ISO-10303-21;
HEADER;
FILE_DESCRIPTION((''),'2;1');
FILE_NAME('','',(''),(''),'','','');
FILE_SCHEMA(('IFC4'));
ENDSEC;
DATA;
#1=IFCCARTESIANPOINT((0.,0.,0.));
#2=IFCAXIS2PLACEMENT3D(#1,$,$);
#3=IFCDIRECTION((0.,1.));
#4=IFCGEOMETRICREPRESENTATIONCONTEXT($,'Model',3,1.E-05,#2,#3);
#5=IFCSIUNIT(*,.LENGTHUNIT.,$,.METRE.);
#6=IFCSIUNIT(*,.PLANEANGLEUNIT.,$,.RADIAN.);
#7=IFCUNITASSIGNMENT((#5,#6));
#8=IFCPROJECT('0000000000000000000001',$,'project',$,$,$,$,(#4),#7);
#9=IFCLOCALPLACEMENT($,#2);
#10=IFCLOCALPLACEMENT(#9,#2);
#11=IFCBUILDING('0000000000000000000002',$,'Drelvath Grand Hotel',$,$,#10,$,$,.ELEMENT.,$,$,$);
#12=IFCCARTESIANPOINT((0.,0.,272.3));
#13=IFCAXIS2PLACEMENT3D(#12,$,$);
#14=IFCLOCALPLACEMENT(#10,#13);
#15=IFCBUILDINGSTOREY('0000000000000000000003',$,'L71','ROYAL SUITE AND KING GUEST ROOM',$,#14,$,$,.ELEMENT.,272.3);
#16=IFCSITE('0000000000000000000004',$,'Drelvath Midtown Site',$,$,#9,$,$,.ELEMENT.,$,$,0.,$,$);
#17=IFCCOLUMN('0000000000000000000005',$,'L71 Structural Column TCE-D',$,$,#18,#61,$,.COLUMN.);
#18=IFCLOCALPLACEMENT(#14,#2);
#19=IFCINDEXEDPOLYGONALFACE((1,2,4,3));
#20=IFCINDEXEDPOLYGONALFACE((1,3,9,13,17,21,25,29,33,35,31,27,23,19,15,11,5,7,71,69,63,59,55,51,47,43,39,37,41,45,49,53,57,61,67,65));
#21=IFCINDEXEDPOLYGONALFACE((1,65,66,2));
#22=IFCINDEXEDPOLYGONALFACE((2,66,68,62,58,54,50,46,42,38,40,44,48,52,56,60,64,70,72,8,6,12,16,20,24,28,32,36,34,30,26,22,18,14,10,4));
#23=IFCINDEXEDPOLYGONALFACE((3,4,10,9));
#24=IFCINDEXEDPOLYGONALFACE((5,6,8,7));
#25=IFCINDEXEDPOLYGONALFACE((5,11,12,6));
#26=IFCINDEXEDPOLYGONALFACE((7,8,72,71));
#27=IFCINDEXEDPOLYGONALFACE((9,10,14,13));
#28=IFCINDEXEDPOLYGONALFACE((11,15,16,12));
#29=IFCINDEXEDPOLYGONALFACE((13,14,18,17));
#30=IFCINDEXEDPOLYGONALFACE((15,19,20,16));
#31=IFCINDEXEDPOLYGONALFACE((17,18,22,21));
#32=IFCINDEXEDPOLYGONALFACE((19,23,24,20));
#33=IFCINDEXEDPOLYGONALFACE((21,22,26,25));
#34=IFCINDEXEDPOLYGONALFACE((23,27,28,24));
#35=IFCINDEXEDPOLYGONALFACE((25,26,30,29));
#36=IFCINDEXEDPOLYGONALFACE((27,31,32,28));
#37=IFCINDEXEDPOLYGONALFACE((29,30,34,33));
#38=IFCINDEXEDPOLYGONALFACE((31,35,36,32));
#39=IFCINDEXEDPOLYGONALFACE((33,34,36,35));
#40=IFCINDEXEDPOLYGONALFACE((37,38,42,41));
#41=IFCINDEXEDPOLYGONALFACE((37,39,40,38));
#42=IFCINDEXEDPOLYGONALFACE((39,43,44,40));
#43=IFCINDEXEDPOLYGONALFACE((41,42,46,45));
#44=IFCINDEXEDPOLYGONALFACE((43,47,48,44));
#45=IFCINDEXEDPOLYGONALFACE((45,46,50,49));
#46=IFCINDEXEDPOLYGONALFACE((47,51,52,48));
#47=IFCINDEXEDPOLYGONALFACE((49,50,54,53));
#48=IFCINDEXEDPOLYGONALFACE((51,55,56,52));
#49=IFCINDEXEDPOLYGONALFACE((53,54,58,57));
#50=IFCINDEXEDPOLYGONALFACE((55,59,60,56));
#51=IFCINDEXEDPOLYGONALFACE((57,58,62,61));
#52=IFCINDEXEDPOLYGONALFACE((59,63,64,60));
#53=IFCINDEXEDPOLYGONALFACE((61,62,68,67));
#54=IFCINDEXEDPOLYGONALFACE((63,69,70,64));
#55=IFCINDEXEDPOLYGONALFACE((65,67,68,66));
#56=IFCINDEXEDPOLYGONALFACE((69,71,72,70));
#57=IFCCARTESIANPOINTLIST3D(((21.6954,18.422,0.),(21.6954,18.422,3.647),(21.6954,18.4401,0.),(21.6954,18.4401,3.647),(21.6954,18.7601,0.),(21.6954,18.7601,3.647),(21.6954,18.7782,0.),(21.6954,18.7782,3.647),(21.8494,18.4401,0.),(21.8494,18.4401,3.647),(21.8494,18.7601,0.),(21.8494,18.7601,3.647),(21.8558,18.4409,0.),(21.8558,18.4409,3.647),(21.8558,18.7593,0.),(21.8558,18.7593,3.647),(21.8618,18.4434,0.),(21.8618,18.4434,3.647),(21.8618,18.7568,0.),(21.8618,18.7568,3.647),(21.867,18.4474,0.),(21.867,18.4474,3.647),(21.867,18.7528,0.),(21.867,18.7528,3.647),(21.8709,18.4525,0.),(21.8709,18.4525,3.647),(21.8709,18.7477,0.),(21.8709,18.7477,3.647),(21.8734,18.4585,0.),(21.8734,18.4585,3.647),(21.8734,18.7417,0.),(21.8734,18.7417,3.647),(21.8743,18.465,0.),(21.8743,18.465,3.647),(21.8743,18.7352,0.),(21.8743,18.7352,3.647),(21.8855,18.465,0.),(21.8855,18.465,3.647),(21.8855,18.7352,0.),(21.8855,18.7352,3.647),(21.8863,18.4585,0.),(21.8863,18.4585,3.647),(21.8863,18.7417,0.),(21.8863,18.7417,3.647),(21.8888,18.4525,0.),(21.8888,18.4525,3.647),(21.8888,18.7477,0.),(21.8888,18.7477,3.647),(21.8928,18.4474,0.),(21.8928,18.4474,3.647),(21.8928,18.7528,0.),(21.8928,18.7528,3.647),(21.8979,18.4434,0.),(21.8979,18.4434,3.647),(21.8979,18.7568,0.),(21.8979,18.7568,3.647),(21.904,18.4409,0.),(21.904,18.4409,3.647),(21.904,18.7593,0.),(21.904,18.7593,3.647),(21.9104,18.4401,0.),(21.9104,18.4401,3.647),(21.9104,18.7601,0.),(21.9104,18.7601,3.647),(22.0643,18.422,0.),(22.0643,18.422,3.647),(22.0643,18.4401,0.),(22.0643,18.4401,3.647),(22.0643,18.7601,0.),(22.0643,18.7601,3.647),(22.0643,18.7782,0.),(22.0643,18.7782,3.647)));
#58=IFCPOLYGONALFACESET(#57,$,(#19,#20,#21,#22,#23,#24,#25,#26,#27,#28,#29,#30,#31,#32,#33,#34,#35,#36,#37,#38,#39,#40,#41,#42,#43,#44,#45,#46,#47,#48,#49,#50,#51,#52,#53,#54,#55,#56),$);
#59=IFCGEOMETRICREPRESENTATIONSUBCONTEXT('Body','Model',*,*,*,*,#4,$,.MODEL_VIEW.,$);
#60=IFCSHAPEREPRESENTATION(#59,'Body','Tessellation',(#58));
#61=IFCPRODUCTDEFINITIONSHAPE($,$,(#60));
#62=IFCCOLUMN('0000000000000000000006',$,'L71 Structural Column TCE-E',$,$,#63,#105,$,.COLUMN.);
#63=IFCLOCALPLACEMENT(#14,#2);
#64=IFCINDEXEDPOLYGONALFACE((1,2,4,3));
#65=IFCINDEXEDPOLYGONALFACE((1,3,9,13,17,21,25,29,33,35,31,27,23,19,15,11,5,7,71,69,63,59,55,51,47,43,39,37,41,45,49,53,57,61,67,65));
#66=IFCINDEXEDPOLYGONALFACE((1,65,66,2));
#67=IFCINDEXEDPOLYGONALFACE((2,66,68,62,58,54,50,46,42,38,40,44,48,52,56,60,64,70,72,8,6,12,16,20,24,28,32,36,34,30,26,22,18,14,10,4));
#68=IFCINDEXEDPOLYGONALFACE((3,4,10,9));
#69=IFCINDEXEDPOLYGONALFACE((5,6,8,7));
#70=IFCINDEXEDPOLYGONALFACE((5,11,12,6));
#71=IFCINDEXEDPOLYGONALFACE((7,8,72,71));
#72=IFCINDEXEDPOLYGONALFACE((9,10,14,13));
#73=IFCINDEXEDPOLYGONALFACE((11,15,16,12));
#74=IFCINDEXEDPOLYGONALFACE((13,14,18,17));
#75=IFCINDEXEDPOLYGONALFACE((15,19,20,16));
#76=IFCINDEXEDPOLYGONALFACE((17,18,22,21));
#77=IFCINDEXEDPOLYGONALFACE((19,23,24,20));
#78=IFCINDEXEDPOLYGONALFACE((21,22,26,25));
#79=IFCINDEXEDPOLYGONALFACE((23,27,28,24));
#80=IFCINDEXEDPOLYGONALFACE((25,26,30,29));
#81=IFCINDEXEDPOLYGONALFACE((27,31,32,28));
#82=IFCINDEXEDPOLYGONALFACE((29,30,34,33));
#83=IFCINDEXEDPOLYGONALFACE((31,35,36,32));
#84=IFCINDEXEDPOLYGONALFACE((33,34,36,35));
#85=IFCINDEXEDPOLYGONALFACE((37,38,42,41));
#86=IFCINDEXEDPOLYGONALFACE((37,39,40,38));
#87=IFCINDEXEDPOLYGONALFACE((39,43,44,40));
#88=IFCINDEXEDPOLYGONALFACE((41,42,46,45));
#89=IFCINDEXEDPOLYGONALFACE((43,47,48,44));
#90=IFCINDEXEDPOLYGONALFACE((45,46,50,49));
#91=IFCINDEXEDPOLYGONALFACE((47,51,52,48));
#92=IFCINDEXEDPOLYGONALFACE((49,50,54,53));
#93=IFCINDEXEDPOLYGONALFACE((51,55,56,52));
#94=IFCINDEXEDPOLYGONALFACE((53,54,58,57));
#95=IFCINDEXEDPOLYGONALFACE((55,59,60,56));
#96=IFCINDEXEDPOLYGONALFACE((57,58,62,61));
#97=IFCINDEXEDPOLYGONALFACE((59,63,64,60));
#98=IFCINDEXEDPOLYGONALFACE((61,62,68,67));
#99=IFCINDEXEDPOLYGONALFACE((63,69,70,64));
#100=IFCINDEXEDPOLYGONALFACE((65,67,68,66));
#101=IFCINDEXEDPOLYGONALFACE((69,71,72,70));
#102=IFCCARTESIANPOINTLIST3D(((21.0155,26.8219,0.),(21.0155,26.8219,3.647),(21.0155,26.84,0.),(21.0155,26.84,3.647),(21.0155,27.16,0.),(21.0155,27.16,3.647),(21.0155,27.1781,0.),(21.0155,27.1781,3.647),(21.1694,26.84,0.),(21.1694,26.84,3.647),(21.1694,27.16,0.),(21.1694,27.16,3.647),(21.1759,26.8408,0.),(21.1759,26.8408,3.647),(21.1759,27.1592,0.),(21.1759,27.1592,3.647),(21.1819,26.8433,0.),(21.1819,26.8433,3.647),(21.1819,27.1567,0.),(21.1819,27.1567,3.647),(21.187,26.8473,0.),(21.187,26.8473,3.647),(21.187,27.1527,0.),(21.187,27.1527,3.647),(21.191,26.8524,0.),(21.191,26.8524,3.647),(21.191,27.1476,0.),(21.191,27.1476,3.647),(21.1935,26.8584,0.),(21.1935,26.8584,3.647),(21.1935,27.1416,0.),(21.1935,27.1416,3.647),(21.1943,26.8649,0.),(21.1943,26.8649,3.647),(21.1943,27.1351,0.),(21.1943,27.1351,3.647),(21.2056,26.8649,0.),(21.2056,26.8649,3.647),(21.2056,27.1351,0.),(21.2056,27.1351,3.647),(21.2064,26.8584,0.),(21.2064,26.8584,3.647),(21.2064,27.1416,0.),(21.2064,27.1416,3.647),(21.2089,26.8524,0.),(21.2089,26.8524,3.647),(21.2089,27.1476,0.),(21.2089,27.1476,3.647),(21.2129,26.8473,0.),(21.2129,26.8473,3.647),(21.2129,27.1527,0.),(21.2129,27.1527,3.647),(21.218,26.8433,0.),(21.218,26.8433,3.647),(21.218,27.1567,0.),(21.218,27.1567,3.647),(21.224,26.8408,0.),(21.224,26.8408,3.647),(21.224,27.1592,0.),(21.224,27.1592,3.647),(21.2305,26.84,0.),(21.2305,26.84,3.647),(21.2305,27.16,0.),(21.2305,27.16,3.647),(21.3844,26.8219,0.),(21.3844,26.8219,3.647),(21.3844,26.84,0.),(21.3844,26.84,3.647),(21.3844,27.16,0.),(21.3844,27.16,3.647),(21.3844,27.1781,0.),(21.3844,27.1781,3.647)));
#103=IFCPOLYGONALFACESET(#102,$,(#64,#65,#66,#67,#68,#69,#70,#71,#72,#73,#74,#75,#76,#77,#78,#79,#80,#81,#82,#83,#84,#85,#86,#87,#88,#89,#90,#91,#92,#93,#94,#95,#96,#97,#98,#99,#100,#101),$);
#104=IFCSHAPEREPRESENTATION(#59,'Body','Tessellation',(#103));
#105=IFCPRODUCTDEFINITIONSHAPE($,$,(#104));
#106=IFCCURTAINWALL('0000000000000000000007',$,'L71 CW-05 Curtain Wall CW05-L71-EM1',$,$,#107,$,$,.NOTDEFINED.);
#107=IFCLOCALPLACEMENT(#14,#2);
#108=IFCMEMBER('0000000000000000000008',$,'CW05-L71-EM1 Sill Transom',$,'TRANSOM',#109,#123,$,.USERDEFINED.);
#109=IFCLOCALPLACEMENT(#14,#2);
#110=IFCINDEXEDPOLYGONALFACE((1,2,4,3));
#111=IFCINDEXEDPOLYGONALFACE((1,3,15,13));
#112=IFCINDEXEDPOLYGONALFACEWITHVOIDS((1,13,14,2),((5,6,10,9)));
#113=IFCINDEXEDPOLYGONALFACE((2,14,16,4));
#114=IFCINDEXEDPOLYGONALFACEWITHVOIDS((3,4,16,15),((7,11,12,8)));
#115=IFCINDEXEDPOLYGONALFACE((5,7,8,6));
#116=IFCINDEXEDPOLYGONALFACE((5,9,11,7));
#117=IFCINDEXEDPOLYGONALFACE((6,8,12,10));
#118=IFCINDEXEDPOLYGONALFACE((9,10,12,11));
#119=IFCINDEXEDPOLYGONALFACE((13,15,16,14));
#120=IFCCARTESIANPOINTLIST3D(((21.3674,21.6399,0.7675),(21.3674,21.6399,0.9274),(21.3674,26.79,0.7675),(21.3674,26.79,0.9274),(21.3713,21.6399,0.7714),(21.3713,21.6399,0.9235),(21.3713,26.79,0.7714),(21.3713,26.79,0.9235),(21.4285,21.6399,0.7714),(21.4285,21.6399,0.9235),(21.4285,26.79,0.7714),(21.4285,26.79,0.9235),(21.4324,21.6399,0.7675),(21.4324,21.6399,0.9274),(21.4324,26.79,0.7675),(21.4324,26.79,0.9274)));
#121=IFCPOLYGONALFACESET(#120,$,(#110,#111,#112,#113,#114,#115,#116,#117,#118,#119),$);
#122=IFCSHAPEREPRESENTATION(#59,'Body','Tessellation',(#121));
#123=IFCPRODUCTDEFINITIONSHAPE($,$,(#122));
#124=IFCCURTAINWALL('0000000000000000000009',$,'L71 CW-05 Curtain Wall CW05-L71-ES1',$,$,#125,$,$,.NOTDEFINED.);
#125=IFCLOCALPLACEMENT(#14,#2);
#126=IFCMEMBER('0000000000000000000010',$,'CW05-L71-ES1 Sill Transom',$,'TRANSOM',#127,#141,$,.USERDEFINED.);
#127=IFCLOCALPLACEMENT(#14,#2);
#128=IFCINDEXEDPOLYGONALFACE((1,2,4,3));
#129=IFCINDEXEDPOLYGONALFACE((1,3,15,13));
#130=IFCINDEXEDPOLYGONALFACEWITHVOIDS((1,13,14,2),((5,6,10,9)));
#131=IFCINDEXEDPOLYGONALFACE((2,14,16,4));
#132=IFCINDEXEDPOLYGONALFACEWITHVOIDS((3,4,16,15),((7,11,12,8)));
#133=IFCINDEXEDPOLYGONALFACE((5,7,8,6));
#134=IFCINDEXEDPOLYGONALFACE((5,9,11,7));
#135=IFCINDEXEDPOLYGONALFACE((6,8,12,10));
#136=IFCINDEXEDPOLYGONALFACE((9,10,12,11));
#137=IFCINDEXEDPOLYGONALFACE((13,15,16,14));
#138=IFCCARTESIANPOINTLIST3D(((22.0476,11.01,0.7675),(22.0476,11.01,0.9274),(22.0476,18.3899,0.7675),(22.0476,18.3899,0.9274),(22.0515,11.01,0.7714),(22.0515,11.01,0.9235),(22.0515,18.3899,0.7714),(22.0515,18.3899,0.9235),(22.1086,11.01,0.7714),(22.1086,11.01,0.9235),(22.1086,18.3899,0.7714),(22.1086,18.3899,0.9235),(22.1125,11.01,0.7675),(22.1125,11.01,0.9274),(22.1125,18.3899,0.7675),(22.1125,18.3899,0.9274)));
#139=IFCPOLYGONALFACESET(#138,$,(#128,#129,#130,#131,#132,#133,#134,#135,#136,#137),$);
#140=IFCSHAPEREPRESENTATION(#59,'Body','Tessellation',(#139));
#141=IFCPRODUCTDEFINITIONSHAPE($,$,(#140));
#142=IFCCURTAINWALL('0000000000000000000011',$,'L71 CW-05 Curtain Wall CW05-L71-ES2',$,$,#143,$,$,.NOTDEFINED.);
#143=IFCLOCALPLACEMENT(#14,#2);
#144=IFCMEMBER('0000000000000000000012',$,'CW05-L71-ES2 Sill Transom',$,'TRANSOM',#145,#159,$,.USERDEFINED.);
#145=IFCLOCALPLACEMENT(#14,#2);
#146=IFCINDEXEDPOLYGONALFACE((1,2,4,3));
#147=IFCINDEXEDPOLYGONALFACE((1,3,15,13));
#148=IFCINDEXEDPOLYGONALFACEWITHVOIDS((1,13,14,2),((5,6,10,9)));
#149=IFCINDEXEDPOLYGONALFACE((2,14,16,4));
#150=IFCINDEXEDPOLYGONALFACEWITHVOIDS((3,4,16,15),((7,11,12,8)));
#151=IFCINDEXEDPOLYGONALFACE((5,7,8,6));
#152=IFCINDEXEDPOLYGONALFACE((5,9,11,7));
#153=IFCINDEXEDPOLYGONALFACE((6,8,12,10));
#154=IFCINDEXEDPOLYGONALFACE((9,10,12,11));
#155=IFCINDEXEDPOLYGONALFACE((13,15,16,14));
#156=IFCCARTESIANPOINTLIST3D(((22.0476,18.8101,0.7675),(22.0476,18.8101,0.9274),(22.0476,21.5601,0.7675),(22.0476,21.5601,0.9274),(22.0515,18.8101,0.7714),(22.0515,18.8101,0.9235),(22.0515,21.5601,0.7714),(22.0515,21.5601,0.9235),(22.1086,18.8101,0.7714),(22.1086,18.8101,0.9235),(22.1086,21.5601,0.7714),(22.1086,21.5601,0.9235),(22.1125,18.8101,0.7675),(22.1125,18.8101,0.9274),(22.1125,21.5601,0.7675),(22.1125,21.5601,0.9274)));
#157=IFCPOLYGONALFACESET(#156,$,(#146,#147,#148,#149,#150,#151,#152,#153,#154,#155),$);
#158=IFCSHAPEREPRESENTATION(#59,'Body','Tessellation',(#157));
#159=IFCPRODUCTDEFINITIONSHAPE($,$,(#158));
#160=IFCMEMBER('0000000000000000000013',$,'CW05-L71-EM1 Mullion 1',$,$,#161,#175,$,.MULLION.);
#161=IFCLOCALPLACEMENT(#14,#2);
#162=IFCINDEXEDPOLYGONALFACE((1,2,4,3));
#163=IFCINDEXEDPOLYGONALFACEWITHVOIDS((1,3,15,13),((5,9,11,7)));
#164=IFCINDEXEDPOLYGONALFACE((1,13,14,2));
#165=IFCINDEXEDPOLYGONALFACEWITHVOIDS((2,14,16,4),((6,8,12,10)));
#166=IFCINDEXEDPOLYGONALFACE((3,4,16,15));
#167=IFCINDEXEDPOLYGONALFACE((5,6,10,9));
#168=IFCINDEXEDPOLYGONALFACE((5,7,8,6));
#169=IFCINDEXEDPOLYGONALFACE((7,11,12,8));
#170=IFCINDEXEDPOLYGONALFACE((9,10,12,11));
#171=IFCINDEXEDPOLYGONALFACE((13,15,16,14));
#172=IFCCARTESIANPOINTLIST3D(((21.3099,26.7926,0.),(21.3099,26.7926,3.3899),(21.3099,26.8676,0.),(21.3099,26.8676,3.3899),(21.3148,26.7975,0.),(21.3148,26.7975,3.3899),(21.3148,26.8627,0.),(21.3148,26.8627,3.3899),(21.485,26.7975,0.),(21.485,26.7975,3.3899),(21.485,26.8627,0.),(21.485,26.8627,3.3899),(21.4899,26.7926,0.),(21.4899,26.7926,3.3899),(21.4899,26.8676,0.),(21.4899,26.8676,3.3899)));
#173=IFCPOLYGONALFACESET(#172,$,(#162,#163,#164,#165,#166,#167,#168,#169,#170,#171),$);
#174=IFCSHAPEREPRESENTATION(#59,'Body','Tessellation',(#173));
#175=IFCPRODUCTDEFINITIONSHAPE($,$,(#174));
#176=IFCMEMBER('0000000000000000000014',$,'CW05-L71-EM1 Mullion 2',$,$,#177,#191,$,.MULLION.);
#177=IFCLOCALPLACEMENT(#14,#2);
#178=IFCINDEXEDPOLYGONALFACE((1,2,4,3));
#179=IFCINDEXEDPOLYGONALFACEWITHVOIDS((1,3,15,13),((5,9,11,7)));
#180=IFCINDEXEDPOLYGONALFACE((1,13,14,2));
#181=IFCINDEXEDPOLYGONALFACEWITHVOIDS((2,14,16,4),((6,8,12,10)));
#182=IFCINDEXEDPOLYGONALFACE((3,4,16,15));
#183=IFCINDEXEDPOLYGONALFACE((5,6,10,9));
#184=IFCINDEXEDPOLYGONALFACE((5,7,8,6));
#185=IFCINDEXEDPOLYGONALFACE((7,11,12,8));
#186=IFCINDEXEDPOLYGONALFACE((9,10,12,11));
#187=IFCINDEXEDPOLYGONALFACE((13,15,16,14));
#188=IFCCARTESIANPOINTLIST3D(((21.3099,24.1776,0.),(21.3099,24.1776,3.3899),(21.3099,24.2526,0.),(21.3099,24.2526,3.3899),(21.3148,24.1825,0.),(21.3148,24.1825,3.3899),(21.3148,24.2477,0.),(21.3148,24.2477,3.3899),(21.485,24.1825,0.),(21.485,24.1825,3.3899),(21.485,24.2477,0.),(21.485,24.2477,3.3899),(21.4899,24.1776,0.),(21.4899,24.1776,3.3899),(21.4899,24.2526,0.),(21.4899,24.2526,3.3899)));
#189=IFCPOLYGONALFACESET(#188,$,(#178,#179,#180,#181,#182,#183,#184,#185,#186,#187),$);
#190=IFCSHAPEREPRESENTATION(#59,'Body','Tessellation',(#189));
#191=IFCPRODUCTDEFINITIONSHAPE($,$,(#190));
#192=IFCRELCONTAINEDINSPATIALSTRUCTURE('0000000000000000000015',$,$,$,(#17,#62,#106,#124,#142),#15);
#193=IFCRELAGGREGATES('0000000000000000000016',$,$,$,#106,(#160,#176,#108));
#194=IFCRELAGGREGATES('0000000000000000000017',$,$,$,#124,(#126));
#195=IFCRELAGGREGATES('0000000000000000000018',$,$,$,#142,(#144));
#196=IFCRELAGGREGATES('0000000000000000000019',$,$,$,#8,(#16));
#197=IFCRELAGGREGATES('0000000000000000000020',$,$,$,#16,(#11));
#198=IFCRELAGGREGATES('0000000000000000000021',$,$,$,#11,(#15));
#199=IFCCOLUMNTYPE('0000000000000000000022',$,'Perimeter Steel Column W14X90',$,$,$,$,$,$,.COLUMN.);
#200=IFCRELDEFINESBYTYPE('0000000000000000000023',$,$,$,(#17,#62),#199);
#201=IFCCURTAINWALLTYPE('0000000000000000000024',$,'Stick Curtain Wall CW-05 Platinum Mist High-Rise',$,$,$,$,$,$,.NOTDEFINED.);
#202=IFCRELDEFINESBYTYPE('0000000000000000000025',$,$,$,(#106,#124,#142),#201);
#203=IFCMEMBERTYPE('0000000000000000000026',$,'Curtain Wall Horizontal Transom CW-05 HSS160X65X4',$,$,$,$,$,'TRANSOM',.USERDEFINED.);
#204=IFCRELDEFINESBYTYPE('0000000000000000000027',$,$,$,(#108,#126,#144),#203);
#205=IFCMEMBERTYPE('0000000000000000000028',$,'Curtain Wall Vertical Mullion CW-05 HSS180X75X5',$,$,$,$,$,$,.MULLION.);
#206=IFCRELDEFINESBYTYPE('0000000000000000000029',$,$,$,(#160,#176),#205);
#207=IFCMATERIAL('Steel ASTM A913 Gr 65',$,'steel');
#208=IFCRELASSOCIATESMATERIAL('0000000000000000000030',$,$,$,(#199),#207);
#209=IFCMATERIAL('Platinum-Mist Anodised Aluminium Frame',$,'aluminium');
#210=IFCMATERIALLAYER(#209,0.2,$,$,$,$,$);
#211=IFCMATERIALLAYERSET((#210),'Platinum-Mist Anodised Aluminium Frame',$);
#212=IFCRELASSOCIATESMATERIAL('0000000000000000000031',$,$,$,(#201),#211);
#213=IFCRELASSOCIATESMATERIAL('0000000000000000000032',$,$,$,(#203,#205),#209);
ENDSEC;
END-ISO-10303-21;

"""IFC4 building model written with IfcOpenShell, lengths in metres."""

from ifc_helpers import new_model, si_unit, direction, frame, origin, origin_2d, place, context, subcontext, project, spatial, hollow_rectangle, i_section, extrude, material, layer, layer_set, material_profile, profile_set, type_object, element, aggregate, save


model = new_model("IFC4")

# Units and contexts
model_context = context("Model", 3, precision=1e-05, world=origin(), true_north=direction((0.0, 1.0)))
body_context = subcontext(model_context, "Body", "Model", "MODEL_VIEW")
ifc_project = project(units=[si_unit("LENGTHUNIT", "METRE"), si_unit("PLANEANGLEUNIT", "RADIAN")], contexts=[model_context])

# Site, building, storey
site_placement = place(None, origin())
site = spatial("IfcSite", under=ifc_project, at=site_placement, Name="Drelvath Midtown Site", CompositionType="ELEMENT", RefElevation=0.0)
building_placement = place(site_placement, origin())
building = spatial("IfcBuilding", under=site, at=building_placement, Name="Drelvath Grand Hotel", CompositionType="ELEMENT")
storey_placement = place(building_placement, frame((0.0, 0.0, 272.3)))
storey = spatial("IfcBuildingStorey", under=building, at=storey_placement, Name="L71", Description="ROYAL SUITE AND KING GUEST ROOM", CompositionType="ELEMENT", Elevation=272.3)

# Columns
ifc_material_1 = material(Name="Steel ASTM A913 Gr 65", Category="steel")
ifc_material_profile_1 = material_profile(ifc_material_1, i_section(OverallWidth=0.3689, OverallDepth=0.3562, WebThickness=0.0112, FlangeThickness=0.0181, FilletRadius=0.0249, at=origin_2d()), Name="W14X90")
ifc_profile_set_1 = profile_set([ifc_material_profile_1], Name="Steel ASTM A913 Gr 65")
column_type = type_object("IfcColumnType", Name="Perimeter Steel Column W14X90", PredefinedType="COLUMN", material=ifc_profile_set_1)
for number, where, z_axis, x_axis, name in (
    (1, (21.8799, 18.6001, 0.0), (0.0, 0.0, 1.0), (1.0, 0.0, 0.0), "L71 Structural Column TCE-D"),
    (2, (21.2, 27.0, 0.0), (0.0, 0.0, 1.0), (1.0, 0.0, 0.0), "L71 Structural Column TCE-E"),
):
    element("IfcColumn", number, at=place(storey_placement, frame(where, z_axis=z_axis, x_axis=x_axis)), inside=storey, type_object=column_type, Name=name, PredefinedType="COLUMN", context=body_context, shape_type="SweptSolid", body=[
        extrude(i_section(OverallWidth=0.3689, OverallDepth=0.3562, WebThickness=0.0112, FlangeThickness=0.0181, FilletRadius=0.0249, at=origin_2d()), origin(), (0.0, 0.0, 1.0), 3.647),
    ])

# Curtain walls, members
ifc_material_2 = material(Name="Platinum-Mist Anodised Aluminium Frame", Category="aluminium")
ifc_layer_1 = layer(ifc_material_2, 0.2)
ifc_layer_set_1 = layer_set([ifc_layer_1], Name="Platinum-Mist Anodised Aluminium Frame")
curtain_wall_type = type_object("IfcCurtainWallType", Name="Stick Curtain Wall CW-05 Platinum Mist High-Rise", PredefinedType="NOTDEFINED", material=ifc_layer_set_1)
curtain_wall_1_placement = place(storey_placement, origin())
curtain_wall_1 = element("IfcCurtainWall", 3, at=curtain_wall_1_placement, inside=storey, type_object=curtain_wall_type, Name="L71 CW-05 Curtain Wall CW05-L71-EM1", PredefinedType="NOTDEFINED")
ifc_material_profile_2 = material_profile(ifc_material_2, hollow_rectangle(XDim=0.0649, YDim=0.1599, WallThickness=0.0039, at=origin_2d()), Name="HSS160X65X4")
ifc_profile_set_2 = profile_set([ifc_material_profile_2], Name="Platinum-Mist Anodised Aluminium Frame")
member_type_1 = type_object("IfcMemberType", Name="Curtain Wall Horizontal Transom CW-05 HSS160X65X4", ElementType="TRANSOM", PredefinedType="USERDEFINED", material=ifc_profile_set_2)
member_1_placement = place(storey_placement, frame((21.3999, 26.79, 0.8474), z_axis=(0.0, -1.0, 0.0), x_axis=(1.0, 0.0, 0.0)))
member_1 = element("IfcMember", 4, at=member_1_placement, type_object=member_type_1, Name="CW05-L71-EM1 Sill Transom", ObjectType="TRANSOM", PredefinedType="USERDEFINED", context=body_context, shape_type="SweptSolid", body=[
    extrude(hollow_rectangle(XDim=0.0649, YDim=0.1599, WallThickness=0.0039, at=origin_2d()), origin(), (0.0, 0.0, 1.0), 5.1501),
])
curtain_wall_2_placement = place(storey_placement, origin())
curtain_wall_2 = element("IfcCurtainWall", 5, at=curtain_wall_2_placement, inside=storey, type_object=curtain_wall_type, Name="L71 CW-05 Curtain Wall CW05-L71-ES1", PredefinedType="NOTDEFINED")
member_2_placement = place(storey_placement, frame((22.0801, 18.3899, 0.8474), z_axis=(0.0, -1.0, 0.0), x_axis=(1.0, 0.0, 0.0)))
member_2 = element("IfcMember", 6, at=member_2_placement, type_object=member_type_1, Name="CW05-L71-ES1 Sill Transom", ObjectType="TRANSOM", PredefinedType="USERDEFINED", context=body_context, shape_type="SweptSolid", body=[
    extrude(hollow_rectangle(XDim=0.0649, YDim=0.1599, WallThickness=0.0039, at=origin_2d()), origin(), (0.0, 0.0, 1.0), 7.3799),
])
curtain_wall_3_placement = place(storey_placement, origin())
curtain_wall_3 = element("IfcCurtainWall", 7, at=curtain_wall_3_placement, inside=storey, type_object=curtain_wall_type, Name="L71 CW-05 Curtain Wall CW05-L71-ES2", PredefinedType="NOTDEFINED")
member_3_placement = place(storey_placement, frame((22.0801, 21.5601, 0.8474), z_axis=(0.0, -1.0, 0.0), x_axis=(1.0, 0.0, 0.0)))
member_3 = element("IfcMember", 8, at=member_3_placement, type_object=member_type_1, Name="CW05-L71-ES2 Sill Transom", ObjectType="TRANSOM", PredefinedType="USERDEFINED", context=body_context, shape_type="SweptSolid", body=[
    extrude(hollow_rectangle(XDim=0.0649, YDim=0.1599, WallThickness=0.0039, at=origin_2d()), origin(), (0.0, 0.0, 1.0), 2.75),
])

# Members
ifc_material_profile_3 = material_profile(ifc_material_2, hollow_rectangle(XDim=0.075, YDim=0.1799, WallThickness=0.0049, at=origin_2d()), Name="HSS180X75X5")
ifc_profile_set_3 = profile_set([ifc_material_profile_3], Name="Platinum-Mist Anodised Aluminium Frame")
member_type_2 = type_object("IfcMemberType", Name="Curtain Wall Vertical Mullion CW-05 HSS180X75X5", PredefinedType="MULLION", material=ifc_profile_set_3)
member_4_placement = place(storey_placement, frame((21.3999, 26.8301, 0.0), z_axis=(0.0, 0.0, 1.0), x_axis=(0.0, 1.0, 0.0)))
member_4 = element("IfcMember", 9, at=member_4_placement, type_object=member_type_2, Name="CW05-L71-EM1 Mullion 1", PredefinedType="MULLION", context=body_context, shape_type="SweptSolid", body=[
    extrude(hollow_rectangle(XDim=0.075, YDim=0.1799, WallThickness=0.0049, at=origin_2d()), origin(), (0.0, 0.0, 1.0), 3.3899),
])
member_5_placement = place(storey_placement, frame((21.3999, 24.2151, 0.0), z_axis=(0.0, 0.0, 1.0), x_axis=(0.0, 1.0, 0.0)))
member_5 = element("IfcMember", 10, at=member_5_placement, type_object=member_type_2, Name="CW05-L71-EM1 Mullion 2", PredefinedType="MULLION", context=body_context, shape_type="SweptSolid", body=[
    extrude(hollow_rectangle(XDim=0.075, YDim=0.1799, WallThickness=0.0049, at=origin_2d()), origin(), (0.0, 0.0, 1.0), 3.3899),
])

aggregate(curtain_wall_1, [member_4, member_5, member_1])
aggregate(curtain_wall_2, [member_2])
aggregate(curtain_wall_3, [member_3])

save(model, "model.ifc")
